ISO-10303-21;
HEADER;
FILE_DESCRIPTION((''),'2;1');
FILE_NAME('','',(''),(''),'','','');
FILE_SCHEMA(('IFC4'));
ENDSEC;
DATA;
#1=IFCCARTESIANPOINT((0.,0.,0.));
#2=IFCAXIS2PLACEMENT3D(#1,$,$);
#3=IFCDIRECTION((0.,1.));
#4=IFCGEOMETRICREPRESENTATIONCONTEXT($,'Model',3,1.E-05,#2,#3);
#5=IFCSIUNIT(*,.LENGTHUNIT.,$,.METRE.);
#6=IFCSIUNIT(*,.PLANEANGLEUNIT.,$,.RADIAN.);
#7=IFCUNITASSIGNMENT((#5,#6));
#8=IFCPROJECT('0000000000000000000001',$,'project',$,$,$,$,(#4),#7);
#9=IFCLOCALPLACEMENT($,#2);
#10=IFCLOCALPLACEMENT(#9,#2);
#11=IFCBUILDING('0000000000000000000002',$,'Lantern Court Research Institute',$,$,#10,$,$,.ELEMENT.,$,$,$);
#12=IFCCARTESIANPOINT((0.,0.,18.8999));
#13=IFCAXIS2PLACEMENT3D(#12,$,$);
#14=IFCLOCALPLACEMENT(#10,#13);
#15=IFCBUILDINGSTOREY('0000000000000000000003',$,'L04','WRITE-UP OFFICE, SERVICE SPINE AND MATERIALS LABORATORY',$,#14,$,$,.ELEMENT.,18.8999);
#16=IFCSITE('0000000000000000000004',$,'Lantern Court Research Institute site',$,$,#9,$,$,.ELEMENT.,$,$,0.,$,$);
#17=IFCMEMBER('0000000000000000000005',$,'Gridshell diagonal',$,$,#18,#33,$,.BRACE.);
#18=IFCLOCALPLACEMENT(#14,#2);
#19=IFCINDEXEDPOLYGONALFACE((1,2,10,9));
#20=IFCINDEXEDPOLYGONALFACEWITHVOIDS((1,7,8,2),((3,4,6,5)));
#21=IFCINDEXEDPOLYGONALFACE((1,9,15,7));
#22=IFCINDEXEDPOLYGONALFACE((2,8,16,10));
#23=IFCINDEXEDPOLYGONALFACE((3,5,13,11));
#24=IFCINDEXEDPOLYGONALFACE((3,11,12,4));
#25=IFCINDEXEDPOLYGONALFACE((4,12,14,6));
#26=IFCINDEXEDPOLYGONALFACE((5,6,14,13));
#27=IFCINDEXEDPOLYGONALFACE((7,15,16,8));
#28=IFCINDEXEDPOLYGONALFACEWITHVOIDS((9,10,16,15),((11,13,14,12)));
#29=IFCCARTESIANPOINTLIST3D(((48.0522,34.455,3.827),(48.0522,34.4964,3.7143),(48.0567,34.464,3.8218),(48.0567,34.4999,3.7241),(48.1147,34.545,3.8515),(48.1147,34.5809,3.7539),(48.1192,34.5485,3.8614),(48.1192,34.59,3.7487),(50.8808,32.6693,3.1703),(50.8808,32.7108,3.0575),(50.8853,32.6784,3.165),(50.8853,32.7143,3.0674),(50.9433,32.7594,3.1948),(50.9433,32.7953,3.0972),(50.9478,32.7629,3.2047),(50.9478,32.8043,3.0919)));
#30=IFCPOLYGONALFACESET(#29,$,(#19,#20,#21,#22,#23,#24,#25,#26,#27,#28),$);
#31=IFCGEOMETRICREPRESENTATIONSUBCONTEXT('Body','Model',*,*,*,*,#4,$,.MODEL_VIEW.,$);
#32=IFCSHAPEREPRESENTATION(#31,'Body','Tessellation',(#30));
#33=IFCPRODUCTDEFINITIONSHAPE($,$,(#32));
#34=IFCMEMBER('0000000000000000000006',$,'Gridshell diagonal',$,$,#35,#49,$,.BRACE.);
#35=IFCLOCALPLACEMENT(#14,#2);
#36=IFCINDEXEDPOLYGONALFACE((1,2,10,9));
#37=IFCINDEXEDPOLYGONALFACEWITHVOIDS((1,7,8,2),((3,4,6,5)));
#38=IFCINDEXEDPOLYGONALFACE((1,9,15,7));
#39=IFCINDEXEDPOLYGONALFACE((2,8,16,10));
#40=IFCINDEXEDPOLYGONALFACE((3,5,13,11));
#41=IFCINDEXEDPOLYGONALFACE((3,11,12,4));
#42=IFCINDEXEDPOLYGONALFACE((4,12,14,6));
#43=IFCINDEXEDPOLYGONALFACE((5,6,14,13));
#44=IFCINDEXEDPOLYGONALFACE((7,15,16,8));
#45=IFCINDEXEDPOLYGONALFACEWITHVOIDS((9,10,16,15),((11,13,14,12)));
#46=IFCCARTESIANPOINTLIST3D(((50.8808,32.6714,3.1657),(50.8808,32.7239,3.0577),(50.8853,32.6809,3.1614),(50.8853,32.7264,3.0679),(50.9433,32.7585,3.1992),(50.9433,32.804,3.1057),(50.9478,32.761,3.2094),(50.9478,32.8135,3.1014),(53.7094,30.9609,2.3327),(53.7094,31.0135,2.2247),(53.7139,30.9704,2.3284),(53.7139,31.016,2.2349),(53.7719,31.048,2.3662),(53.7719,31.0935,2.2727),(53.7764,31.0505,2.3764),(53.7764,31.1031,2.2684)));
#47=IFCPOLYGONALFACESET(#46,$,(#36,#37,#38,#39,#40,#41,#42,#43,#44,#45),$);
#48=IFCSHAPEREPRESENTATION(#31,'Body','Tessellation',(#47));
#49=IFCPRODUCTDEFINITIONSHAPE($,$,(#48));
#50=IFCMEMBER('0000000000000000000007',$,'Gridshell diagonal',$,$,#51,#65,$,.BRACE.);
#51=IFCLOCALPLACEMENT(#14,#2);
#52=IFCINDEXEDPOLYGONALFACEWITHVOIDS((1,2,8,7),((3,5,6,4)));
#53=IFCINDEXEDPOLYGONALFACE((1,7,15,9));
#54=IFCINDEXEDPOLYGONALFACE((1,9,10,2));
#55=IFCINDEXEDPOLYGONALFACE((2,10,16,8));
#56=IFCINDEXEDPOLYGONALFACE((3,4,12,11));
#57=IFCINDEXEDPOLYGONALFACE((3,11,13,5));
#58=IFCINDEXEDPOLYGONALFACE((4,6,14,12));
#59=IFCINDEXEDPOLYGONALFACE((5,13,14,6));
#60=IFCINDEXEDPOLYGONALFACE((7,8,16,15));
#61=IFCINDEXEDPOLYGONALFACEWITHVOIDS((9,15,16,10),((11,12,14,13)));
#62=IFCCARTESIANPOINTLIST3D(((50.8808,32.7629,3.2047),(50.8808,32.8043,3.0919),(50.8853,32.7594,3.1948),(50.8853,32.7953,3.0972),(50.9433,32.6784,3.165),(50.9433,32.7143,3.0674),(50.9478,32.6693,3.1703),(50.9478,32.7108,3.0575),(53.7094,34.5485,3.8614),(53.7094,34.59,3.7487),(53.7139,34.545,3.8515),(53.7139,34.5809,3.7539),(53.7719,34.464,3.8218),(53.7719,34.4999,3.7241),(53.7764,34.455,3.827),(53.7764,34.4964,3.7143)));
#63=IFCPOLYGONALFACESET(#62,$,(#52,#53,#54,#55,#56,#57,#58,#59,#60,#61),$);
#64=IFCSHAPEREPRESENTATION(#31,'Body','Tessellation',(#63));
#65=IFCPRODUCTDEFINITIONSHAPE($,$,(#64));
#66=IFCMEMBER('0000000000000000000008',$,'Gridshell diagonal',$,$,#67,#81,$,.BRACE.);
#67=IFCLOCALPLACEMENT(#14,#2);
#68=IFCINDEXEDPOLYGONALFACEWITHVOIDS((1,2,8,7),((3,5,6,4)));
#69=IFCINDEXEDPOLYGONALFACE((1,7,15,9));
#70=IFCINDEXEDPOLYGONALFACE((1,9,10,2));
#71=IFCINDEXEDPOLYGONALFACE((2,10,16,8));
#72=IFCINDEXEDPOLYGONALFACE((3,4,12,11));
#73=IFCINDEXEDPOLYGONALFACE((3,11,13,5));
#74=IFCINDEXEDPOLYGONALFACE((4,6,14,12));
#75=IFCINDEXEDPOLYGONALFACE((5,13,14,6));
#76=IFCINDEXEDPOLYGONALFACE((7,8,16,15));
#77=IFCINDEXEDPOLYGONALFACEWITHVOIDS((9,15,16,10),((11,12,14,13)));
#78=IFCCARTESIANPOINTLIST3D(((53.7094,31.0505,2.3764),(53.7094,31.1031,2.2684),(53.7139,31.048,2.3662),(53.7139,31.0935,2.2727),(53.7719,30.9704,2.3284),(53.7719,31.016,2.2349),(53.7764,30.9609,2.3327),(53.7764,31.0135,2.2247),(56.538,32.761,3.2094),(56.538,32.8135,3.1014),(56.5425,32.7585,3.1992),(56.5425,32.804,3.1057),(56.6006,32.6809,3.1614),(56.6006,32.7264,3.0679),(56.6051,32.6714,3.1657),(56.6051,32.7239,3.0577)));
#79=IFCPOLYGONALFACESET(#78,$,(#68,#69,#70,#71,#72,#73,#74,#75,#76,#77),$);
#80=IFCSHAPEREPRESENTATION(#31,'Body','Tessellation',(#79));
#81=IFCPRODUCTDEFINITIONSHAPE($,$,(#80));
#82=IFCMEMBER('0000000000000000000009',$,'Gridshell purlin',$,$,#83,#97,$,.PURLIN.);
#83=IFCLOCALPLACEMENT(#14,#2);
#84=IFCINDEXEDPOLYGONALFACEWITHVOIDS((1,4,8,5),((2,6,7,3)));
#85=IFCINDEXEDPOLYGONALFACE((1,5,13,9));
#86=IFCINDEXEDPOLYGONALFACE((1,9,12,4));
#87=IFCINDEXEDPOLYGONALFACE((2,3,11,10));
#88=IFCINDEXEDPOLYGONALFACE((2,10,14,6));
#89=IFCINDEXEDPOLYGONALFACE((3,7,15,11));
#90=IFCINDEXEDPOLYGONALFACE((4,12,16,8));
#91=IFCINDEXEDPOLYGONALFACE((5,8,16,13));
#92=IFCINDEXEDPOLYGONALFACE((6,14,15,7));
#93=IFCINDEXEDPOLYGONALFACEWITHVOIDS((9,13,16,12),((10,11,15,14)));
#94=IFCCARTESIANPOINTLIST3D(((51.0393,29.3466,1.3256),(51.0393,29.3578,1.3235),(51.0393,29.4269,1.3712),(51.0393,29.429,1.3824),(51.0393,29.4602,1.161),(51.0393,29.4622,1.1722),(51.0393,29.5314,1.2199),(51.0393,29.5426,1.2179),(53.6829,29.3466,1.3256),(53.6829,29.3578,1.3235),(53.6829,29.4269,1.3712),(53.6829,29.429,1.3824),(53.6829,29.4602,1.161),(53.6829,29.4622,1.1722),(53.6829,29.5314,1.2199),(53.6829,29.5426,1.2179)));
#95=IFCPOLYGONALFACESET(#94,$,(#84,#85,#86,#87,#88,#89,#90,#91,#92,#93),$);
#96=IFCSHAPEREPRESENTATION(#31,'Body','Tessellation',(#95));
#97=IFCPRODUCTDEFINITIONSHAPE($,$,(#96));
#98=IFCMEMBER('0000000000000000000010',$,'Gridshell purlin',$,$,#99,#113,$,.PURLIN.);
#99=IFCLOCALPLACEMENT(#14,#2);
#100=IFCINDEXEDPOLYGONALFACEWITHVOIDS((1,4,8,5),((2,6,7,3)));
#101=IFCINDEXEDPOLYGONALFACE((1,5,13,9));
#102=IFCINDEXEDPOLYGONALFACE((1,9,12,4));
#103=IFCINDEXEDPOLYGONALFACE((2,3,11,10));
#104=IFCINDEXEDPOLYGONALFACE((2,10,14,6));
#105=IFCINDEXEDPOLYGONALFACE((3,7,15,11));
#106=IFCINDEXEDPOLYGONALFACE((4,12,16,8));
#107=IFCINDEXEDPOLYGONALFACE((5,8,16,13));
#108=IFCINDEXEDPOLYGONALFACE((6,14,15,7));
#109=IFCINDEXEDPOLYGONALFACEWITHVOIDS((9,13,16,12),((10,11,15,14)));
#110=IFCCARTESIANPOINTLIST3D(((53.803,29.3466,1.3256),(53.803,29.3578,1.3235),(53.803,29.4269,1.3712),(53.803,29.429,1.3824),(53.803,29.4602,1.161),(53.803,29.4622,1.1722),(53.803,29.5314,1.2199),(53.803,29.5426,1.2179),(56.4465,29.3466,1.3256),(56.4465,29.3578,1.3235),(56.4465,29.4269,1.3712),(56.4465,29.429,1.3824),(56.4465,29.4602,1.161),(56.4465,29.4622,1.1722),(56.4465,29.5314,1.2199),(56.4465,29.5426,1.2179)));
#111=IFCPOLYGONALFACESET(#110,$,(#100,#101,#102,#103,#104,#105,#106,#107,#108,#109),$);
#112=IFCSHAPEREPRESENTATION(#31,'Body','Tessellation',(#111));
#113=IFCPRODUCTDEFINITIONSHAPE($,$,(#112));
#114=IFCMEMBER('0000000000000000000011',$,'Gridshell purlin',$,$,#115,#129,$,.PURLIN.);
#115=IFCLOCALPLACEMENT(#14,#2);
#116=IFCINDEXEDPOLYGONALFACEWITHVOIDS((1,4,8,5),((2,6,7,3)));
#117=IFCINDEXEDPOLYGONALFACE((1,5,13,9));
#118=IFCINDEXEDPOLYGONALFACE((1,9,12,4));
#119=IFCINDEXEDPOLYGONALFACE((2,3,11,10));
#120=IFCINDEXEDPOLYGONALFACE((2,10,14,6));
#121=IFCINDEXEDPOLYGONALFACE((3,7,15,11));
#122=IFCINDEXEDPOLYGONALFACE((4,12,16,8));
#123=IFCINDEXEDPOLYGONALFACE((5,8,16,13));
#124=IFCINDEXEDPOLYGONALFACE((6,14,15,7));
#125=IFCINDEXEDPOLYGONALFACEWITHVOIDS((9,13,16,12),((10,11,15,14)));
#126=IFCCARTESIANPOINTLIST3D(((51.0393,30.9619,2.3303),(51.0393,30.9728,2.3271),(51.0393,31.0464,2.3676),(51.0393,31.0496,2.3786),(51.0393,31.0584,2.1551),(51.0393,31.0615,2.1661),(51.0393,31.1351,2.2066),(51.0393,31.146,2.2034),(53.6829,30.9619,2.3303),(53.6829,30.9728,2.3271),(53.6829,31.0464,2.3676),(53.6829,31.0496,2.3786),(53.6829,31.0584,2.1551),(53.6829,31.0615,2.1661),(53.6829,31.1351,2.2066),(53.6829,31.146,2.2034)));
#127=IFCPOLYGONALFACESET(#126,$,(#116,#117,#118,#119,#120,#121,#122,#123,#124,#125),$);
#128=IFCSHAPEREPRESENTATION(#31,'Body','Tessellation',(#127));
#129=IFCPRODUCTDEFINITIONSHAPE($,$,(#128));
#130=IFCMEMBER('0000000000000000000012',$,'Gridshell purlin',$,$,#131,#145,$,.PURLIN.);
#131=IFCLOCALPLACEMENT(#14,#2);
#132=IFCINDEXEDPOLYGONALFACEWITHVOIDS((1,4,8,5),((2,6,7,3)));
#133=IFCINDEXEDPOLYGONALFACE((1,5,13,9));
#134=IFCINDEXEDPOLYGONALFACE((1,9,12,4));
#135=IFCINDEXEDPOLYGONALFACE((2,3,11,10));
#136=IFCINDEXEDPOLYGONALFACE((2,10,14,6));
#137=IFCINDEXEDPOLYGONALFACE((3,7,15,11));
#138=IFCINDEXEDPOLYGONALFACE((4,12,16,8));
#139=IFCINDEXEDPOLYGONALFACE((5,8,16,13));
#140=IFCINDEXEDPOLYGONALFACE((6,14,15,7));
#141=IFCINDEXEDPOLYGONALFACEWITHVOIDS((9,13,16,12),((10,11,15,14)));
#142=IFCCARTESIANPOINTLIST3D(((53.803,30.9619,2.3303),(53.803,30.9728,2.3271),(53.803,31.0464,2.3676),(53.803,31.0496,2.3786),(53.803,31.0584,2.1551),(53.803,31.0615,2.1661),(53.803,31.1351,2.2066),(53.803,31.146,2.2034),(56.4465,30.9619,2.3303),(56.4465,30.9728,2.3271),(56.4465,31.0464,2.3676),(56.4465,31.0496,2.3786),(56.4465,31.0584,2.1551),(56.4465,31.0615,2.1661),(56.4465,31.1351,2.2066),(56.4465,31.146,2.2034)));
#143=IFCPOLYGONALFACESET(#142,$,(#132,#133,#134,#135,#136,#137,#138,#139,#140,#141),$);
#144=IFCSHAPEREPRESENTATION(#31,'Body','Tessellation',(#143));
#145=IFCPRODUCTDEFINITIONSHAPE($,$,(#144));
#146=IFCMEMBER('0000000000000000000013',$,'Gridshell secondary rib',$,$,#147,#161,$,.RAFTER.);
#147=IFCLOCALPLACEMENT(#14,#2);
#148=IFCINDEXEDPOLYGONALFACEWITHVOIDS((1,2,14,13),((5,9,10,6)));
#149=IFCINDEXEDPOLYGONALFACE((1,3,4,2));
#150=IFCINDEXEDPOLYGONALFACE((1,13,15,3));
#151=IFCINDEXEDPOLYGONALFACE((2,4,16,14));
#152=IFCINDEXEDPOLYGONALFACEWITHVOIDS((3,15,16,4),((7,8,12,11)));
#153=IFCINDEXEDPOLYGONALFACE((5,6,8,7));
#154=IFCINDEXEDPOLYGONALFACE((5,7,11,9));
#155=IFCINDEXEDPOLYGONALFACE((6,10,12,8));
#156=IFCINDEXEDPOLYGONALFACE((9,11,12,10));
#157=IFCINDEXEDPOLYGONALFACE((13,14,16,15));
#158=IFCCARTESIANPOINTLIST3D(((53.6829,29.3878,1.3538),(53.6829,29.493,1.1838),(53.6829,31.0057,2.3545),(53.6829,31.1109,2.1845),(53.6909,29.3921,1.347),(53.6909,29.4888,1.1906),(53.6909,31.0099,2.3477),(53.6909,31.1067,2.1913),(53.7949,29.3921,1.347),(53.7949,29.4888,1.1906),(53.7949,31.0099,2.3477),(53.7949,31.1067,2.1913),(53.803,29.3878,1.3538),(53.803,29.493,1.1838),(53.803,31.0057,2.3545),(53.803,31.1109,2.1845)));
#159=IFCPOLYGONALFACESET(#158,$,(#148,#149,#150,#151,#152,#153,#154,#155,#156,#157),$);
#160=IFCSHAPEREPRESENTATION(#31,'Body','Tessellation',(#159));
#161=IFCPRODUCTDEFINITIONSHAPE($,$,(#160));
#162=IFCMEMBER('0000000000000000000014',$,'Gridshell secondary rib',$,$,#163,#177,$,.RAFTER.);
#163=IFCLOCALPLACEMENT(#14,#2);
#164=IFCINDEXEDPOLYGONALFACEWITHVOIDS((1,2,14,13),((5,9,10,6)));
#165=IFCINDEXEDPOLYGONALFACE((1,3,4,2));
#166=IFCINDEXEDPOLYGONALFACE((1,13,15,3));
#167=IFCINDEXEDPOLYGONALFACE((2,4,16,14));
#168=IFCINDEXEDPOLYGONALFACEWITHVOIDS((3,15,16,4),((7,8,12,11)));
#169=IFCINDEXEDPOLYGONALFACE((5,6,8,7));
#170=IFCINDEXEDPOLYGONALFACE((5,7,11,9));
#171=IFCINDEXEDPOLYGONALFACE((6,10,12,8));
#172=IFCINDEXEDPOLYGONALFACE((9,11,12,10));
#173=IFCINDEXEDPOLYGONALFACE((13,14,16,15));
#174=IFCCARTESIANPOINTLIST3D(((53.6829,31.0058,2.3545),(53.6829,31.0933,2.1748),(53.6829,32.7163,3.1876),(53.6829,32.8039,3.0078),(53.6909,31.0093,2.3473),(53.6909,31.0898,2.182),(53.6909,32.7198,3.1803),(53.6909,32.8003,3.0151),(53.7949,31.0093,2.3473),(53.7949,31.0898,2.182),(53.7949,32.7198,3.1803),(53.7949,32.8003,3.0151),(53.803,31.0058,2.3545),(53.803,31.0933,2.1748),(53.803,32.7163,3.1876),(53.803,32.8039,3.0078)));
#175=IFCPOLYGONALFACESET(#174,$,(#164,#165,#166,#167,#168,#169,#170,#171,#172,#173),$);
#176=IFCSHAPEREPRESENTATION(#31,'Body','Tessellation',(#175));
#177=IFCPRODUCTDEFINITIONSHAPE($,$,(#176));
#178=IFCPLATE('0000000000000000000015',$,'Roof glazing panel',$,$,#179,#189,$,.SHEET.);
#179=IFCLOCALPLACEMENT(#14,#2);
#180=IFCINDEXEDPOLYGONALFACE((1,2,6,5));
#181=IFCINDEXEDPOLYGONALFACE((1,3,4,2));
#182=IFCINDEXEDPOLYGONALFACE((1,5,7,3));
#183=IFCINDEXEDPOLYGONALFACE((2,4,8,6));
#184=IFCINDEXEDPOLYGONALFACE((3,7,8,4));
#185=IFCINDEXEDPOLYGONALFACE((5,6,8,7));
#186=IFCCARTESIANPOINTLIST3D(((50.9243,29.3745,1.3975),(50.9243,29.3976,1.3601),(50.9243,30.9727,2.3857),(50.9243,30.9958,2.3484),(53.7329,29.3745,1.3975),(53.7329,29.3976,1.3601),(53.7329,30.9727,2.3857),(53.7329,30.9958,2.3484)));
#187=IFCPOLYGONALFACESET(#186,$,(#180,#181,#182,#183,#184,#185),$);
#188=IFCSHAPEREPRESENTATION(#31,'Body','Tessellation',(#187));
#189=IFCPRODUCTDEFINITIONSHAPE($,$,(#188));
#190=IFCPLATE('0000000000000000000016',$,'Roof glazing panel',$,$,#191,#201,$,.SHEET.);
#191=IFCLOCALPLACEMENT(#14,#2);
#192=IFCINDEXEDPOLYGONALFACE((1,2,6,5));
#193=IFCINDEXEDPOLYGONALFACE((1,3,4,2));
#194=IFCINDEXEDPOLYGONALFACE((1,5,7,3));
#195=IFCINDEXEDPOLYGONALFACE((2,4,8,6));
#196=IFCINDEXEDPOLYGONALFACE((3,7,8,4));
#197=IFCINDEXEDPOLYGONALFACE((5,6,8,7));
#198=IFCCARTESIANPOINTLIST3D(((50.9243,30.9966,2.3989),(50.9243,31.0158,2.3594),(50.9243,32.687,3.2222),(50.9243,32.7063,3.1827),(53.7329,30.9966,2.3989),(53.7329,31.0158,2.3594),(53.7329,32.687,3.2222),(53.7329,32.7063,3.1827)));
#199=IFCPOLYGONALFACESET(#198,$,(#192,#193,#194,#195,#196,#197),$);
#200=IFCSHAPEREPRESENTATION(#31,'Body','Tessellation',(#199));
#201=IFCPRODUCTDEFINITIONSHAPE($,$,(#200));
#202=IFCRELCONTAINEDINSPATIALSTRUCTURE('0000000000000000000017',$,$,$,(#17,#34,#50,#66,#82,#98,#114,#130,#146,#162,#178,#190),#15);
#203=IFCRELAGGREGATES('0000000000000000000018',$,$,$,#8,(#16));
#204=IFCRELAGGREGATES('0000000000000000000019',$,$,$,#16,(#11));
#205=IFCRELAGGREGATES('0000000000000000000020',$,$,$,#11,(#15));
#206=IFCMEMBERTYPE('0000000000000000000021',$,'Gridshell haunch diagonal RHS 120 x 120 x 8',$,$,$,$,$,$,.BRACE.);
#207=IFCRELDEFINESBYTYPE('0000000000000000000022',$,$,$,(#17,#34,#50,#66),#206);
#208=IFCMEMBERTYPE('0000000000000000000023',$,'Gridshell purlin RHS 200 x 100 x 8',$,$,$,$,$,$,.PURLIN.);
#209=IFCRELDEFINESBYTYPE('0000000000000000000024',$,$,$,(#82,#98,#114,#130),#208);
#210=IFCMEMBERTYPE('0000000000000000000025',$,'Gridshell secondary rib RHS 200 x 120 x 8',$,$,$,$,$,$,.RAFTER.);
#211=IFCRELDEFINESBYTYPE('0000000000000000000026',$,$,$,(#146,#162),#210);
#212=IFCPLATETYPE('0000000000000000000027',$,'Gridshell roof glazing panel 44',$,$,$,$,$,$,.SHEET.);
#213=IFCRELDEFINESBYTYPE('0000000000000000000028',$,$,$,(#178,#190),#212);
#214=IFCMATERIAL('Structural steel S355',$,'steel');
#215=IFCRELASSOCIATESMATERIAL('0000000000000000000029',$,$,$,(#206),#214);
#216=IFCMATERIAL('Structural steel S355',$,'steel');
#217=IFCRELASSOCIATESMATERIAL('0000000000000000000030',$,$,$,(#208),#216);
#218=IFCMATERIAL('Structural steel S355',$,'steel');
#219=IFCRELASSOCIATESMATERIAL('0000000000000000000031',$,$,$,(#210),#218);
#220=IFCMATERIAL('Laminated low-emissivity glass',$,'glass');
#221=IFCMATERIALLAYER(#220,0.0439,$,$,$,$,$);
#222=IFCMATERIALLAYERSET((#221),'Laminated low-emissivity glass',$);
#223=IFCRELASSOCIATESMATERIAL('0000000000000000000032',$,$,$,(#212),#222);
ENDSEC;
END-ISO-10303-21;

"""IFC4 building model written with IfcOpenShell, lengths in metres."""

from ifc_helpers import new_model, si_unit, direction, frame, origin, origin_2d, place, context, subcontext, project, spatial, polyline, hollow_rectangle, outline, extrude, material, layer, layer_set, material_profile, profile_set, type_object, element, save


model = new_model("IFC4")

# Units and contexts
model_context = context("Model", 3, precision=1e-05, world=origin(), true_north=direction((0.0, 1.0)))
body_context = subcontext(model_context, "Body", "Model", "MODEL_VIEW")
ifc_project = project(units=[si_unit("LENGTHUNIT", "METRE"), si_unit("PLANEANGLEUNIT", "RADIAN")], contexts=[model_context])

# Site, building, storey
site_placement = place(None, origin())
site = spatial("IfcSite", under=ifc_project, at=site_placement, Name="Lantern Court Research Institute site", CompositionType="ELEMENT", RefElevation=0.0)
building_placement = place(site_placement, origin())
building = spatial("IfcBuilding", under=site, at=building_placement, Name="Lantern Court Research Institute", CompositionType="ELEMENT")
storey_placement = place(building_placement, frame((0.0, 0.0, 18.8999)))
storey = spatial("IfcBuildingStorey", under=building, at=storey_placement, Name="L04", Description="WRITE-UP OFFICE, SERVICE SPINE AND MATERIALS LABORATORY", CompositionType="ELEMENT", Elevation=18.8999)

# Members
ifc_material_1 = material(Name="Structural steel S355", Category="steel")
ifc_material_profile_1 = material_profile(ifc_material_1, hollow_rectangle(XDim=0.1201, YDim=0.1201, WallThickness=0.0081, at=origin_2d()), Name="Gridshell haunch diagonal RHS 120 x 120 x 8")
ifc_profile_set_1 = profile_set([ifc_material_profile_1], Name="Structural steel S355")
member_type_1 = type_object("IfcMemberType", Name="Gridshell haunch diagonal RHS 120 x 120 x 8", PredefinedType="BRACE", material=ifc_profile_set_1)
for number, where, z_axis, x_axis, name in (
    (1, (50.9143, 32.7368, 3.1311), (-0.829763, 0.523812, 0.192652), (-0.558116, -0.778754, -0.28644), "Gridshell diagonal"),
    (2, (53.7429, 31.032, 2.3005), (-0.829773, 0.50176, 0.244363), (-0.558101, -0.746025, -0.363277), "Gridshell diagonal"),
    (3, (50.9143, 32.7368, 3.1311), (0.829763, 0.523812, 0.192652), (-0.558116, 0.778754, 0.28644), "Gridshell diagonal"),
    (4, (53.7429, 31.032, 2.3005), (0.829773, 0.50176, 0.244363), (-0.558101, 0.746025, 0.363277), "Gridshell diagonal"),
):
    element("IfcMember", number, at=place(storey_placement, frame(where, z_axis=z_axis, x_axis=x_axis)), inside=storey, type_object=member_type_1, Name=name, PredefinedType="BRACE", context=body_context, shape_type="SweptSolid", body=[
        extrude(hollow_rectangle(XDim=0.1201, YDim=0.1201, WallThickness=0.0081, at=origin_2d()), origin(), (0.0, 0.0, 1.0), 3.4089),
    ])
ifc_material_2 = material(Name="Structural steel S355", Category="steel")
ifc_material_profile_2 = material_profile(ifc_material_2, hollow_rectangle(XDim=0.1001, YDim=0.2, WallThickness=0.0081, at=origin_2d()), Name="Gridshell purlin RHS 200 x 100 x 8")
ifc_profile_set_2 = profile_set([ifc_material_profile_2], Name="Structural steel S355")
member_type_2 = type_object("IfcMemberType", Name="Gridshell purlin RHS 200 x 100 x 8", PredefinedType="PURLIN", material=ifc_profile_set_2)
for number, where, z_axis, x_axis, name in (
    (5, (51.0393, 29.4446, 1.2717), (1.0, 0.0, 0.0), (0.0, 0.822954, 0.568108), "Gridshell purlin"),
    (6, (53.803, 29.4446, 1.2717), (1.0, 0.0, 0.0), (0.0, 0.822954, 0.568108), "Gridshell purlin"),
    (7, (51.0393, 31.054, 2.2668), (1.0, 0.0, 0.0), (0.0, 0.875897, 0.482497), "Gridshell purlin"),
    (8, (53.803, 31.054, 2.2668), (1.0, 0.0, 0.0), (0.0, 0.875897, 0.482497), "Gridshell purlin"),
):
    element("IfcMember", number, at=place(storey_placement, frame(where, z_axis=z_axis, x_axis=x_axis)), inside=storey, type_object=member_type_2, Name=name, PredefinedType="PURLIN", context=body_context, shape_type="SweptSolid", body=[
        extrude(hollow_rectangle(XDim=0.1001, YDim=0.2, WallThickness=0.0081, at=origin_2d()), origin(), (0.0, 0.0, 1.0), 2.6436),
    ])
ifc_material_3 = material(Name="Structural steel S355", Category="steel")
ifc_material_profile_3 = material_profile(ifc_material_3, hollow_rectangle(XDim=0.1201, YDim=0.2, WallThickness=0.0081, at=origin_2d()), Name="Gridshell secondary rib RHS 200 x 120 x 8")
ifc_profile_set_3 = profile_set([ifc_material_profile_3], Name="Structural steel S355")
member_type_3 = type_object("IfcMemberType", Name="Gridshell secondary rib RHS 200 x 120 x 8", PredefinedType="RAFTER", material=ifc_profile_set_3)
member_1_placement = place(storey_placement, frame((53.7429, 29.4404, 1.2688), z_axis=(0.0, 0.850462, 0.526036), x_axis=(-1.0, 0.0, 0.0)))
element("IfcMember", 9, at=member_1_placement, inside=storey, type_object=member_type_3, Name="Gridshell secondary rib", PredefinedType="RAFTER", context=body_context, shape_type="SweptSolid", body=[
    extrude(hollow_rectangle(XDim=0.1201, YDim=0.2, WallThickness=0.0081, at=origin_2d()), origin(), (0.0, 0.0, 1.0), 1.9023),
])
member_2_placement = place(storey_placement, frame((53.7429, 31.0496, 2.2646), z_axis=(0.0, 0.899049, 0.437847), x_axis=(-1.0, 0.0, 0.0)))
element("IfcMember", 10, at=member_2_placement, inside=storey, type_object=member_type_3, Name="Gridshell secondary rib", PredefinedType="RAFTER", context=body_context, shape_type="SweptSolid", body=[
    extrude(hollow_rectangle(XDim=0.1201, YDim=0.2, WallThickness=0.0081, at=origin_2d()), origin(), (0.0, 0.0, 1.0), 1.9026),
])

# Plates
ifc_material_4 = material(Name="Laminated low-emissivity glass", Category="glass")
ifc_layer = layer(ifc_material_4, 0.0439)
ifc_layer_set = layer_set([ifc_layer], Name="Laminated low-emissivity glass")
plate_type = type_object("IfcPlateType", Name="Gridshell roof glazing panel 44", PredefinedType="SHEET", material=ifc_layer_set)
plate_1_placement = place(storey_placement, frame((53.7329, 29.3745, 1.3975), z_axis=(0.0, -0.525952, 0.850514), x_axis=(-1.0, 0.0, 0.0)))
element("IfcPlate", 11, at=plate_1_placement, inside=storey, type_object=plate_type, Name="Roof glazing panel", PredefinedType="SHEET", context=body_context, shape_type="SweptSolid", body=[
    extrude(outline(polyline([(0.0, 0.0), (2.8086, 0.0), (2.8086, -1.879), (0.0, -1.879), (0.0, 0.0)])), origin(), (0.0, 0.0, -1.0), 0.0439),
])
plate_2_placement = place(storey_placement, frame((53.7329, 30.9966, 2.3989), z_axis=(0.0, -0.43784, 0.899053), x_axis=(-1.0, 0.0, 0.0)))
element("IfcPlate", 12, at=plate_2_placement, inside=storey, type_object=plate_type, Name="Roof glazing panel", PredefinedType="SHEET", context=body_context, shape_type="SweptSolid", body=[
    extrude(outline(polyline([(0.0, 0.0), (2.8086, 0.0), (2.8086, -1.8802), (0.0, -1.8802), (0.0, 0.0)])), origin(), (0.0, 0.0, -1.0), 0.0439),
])

save(model, "model.ifc")
